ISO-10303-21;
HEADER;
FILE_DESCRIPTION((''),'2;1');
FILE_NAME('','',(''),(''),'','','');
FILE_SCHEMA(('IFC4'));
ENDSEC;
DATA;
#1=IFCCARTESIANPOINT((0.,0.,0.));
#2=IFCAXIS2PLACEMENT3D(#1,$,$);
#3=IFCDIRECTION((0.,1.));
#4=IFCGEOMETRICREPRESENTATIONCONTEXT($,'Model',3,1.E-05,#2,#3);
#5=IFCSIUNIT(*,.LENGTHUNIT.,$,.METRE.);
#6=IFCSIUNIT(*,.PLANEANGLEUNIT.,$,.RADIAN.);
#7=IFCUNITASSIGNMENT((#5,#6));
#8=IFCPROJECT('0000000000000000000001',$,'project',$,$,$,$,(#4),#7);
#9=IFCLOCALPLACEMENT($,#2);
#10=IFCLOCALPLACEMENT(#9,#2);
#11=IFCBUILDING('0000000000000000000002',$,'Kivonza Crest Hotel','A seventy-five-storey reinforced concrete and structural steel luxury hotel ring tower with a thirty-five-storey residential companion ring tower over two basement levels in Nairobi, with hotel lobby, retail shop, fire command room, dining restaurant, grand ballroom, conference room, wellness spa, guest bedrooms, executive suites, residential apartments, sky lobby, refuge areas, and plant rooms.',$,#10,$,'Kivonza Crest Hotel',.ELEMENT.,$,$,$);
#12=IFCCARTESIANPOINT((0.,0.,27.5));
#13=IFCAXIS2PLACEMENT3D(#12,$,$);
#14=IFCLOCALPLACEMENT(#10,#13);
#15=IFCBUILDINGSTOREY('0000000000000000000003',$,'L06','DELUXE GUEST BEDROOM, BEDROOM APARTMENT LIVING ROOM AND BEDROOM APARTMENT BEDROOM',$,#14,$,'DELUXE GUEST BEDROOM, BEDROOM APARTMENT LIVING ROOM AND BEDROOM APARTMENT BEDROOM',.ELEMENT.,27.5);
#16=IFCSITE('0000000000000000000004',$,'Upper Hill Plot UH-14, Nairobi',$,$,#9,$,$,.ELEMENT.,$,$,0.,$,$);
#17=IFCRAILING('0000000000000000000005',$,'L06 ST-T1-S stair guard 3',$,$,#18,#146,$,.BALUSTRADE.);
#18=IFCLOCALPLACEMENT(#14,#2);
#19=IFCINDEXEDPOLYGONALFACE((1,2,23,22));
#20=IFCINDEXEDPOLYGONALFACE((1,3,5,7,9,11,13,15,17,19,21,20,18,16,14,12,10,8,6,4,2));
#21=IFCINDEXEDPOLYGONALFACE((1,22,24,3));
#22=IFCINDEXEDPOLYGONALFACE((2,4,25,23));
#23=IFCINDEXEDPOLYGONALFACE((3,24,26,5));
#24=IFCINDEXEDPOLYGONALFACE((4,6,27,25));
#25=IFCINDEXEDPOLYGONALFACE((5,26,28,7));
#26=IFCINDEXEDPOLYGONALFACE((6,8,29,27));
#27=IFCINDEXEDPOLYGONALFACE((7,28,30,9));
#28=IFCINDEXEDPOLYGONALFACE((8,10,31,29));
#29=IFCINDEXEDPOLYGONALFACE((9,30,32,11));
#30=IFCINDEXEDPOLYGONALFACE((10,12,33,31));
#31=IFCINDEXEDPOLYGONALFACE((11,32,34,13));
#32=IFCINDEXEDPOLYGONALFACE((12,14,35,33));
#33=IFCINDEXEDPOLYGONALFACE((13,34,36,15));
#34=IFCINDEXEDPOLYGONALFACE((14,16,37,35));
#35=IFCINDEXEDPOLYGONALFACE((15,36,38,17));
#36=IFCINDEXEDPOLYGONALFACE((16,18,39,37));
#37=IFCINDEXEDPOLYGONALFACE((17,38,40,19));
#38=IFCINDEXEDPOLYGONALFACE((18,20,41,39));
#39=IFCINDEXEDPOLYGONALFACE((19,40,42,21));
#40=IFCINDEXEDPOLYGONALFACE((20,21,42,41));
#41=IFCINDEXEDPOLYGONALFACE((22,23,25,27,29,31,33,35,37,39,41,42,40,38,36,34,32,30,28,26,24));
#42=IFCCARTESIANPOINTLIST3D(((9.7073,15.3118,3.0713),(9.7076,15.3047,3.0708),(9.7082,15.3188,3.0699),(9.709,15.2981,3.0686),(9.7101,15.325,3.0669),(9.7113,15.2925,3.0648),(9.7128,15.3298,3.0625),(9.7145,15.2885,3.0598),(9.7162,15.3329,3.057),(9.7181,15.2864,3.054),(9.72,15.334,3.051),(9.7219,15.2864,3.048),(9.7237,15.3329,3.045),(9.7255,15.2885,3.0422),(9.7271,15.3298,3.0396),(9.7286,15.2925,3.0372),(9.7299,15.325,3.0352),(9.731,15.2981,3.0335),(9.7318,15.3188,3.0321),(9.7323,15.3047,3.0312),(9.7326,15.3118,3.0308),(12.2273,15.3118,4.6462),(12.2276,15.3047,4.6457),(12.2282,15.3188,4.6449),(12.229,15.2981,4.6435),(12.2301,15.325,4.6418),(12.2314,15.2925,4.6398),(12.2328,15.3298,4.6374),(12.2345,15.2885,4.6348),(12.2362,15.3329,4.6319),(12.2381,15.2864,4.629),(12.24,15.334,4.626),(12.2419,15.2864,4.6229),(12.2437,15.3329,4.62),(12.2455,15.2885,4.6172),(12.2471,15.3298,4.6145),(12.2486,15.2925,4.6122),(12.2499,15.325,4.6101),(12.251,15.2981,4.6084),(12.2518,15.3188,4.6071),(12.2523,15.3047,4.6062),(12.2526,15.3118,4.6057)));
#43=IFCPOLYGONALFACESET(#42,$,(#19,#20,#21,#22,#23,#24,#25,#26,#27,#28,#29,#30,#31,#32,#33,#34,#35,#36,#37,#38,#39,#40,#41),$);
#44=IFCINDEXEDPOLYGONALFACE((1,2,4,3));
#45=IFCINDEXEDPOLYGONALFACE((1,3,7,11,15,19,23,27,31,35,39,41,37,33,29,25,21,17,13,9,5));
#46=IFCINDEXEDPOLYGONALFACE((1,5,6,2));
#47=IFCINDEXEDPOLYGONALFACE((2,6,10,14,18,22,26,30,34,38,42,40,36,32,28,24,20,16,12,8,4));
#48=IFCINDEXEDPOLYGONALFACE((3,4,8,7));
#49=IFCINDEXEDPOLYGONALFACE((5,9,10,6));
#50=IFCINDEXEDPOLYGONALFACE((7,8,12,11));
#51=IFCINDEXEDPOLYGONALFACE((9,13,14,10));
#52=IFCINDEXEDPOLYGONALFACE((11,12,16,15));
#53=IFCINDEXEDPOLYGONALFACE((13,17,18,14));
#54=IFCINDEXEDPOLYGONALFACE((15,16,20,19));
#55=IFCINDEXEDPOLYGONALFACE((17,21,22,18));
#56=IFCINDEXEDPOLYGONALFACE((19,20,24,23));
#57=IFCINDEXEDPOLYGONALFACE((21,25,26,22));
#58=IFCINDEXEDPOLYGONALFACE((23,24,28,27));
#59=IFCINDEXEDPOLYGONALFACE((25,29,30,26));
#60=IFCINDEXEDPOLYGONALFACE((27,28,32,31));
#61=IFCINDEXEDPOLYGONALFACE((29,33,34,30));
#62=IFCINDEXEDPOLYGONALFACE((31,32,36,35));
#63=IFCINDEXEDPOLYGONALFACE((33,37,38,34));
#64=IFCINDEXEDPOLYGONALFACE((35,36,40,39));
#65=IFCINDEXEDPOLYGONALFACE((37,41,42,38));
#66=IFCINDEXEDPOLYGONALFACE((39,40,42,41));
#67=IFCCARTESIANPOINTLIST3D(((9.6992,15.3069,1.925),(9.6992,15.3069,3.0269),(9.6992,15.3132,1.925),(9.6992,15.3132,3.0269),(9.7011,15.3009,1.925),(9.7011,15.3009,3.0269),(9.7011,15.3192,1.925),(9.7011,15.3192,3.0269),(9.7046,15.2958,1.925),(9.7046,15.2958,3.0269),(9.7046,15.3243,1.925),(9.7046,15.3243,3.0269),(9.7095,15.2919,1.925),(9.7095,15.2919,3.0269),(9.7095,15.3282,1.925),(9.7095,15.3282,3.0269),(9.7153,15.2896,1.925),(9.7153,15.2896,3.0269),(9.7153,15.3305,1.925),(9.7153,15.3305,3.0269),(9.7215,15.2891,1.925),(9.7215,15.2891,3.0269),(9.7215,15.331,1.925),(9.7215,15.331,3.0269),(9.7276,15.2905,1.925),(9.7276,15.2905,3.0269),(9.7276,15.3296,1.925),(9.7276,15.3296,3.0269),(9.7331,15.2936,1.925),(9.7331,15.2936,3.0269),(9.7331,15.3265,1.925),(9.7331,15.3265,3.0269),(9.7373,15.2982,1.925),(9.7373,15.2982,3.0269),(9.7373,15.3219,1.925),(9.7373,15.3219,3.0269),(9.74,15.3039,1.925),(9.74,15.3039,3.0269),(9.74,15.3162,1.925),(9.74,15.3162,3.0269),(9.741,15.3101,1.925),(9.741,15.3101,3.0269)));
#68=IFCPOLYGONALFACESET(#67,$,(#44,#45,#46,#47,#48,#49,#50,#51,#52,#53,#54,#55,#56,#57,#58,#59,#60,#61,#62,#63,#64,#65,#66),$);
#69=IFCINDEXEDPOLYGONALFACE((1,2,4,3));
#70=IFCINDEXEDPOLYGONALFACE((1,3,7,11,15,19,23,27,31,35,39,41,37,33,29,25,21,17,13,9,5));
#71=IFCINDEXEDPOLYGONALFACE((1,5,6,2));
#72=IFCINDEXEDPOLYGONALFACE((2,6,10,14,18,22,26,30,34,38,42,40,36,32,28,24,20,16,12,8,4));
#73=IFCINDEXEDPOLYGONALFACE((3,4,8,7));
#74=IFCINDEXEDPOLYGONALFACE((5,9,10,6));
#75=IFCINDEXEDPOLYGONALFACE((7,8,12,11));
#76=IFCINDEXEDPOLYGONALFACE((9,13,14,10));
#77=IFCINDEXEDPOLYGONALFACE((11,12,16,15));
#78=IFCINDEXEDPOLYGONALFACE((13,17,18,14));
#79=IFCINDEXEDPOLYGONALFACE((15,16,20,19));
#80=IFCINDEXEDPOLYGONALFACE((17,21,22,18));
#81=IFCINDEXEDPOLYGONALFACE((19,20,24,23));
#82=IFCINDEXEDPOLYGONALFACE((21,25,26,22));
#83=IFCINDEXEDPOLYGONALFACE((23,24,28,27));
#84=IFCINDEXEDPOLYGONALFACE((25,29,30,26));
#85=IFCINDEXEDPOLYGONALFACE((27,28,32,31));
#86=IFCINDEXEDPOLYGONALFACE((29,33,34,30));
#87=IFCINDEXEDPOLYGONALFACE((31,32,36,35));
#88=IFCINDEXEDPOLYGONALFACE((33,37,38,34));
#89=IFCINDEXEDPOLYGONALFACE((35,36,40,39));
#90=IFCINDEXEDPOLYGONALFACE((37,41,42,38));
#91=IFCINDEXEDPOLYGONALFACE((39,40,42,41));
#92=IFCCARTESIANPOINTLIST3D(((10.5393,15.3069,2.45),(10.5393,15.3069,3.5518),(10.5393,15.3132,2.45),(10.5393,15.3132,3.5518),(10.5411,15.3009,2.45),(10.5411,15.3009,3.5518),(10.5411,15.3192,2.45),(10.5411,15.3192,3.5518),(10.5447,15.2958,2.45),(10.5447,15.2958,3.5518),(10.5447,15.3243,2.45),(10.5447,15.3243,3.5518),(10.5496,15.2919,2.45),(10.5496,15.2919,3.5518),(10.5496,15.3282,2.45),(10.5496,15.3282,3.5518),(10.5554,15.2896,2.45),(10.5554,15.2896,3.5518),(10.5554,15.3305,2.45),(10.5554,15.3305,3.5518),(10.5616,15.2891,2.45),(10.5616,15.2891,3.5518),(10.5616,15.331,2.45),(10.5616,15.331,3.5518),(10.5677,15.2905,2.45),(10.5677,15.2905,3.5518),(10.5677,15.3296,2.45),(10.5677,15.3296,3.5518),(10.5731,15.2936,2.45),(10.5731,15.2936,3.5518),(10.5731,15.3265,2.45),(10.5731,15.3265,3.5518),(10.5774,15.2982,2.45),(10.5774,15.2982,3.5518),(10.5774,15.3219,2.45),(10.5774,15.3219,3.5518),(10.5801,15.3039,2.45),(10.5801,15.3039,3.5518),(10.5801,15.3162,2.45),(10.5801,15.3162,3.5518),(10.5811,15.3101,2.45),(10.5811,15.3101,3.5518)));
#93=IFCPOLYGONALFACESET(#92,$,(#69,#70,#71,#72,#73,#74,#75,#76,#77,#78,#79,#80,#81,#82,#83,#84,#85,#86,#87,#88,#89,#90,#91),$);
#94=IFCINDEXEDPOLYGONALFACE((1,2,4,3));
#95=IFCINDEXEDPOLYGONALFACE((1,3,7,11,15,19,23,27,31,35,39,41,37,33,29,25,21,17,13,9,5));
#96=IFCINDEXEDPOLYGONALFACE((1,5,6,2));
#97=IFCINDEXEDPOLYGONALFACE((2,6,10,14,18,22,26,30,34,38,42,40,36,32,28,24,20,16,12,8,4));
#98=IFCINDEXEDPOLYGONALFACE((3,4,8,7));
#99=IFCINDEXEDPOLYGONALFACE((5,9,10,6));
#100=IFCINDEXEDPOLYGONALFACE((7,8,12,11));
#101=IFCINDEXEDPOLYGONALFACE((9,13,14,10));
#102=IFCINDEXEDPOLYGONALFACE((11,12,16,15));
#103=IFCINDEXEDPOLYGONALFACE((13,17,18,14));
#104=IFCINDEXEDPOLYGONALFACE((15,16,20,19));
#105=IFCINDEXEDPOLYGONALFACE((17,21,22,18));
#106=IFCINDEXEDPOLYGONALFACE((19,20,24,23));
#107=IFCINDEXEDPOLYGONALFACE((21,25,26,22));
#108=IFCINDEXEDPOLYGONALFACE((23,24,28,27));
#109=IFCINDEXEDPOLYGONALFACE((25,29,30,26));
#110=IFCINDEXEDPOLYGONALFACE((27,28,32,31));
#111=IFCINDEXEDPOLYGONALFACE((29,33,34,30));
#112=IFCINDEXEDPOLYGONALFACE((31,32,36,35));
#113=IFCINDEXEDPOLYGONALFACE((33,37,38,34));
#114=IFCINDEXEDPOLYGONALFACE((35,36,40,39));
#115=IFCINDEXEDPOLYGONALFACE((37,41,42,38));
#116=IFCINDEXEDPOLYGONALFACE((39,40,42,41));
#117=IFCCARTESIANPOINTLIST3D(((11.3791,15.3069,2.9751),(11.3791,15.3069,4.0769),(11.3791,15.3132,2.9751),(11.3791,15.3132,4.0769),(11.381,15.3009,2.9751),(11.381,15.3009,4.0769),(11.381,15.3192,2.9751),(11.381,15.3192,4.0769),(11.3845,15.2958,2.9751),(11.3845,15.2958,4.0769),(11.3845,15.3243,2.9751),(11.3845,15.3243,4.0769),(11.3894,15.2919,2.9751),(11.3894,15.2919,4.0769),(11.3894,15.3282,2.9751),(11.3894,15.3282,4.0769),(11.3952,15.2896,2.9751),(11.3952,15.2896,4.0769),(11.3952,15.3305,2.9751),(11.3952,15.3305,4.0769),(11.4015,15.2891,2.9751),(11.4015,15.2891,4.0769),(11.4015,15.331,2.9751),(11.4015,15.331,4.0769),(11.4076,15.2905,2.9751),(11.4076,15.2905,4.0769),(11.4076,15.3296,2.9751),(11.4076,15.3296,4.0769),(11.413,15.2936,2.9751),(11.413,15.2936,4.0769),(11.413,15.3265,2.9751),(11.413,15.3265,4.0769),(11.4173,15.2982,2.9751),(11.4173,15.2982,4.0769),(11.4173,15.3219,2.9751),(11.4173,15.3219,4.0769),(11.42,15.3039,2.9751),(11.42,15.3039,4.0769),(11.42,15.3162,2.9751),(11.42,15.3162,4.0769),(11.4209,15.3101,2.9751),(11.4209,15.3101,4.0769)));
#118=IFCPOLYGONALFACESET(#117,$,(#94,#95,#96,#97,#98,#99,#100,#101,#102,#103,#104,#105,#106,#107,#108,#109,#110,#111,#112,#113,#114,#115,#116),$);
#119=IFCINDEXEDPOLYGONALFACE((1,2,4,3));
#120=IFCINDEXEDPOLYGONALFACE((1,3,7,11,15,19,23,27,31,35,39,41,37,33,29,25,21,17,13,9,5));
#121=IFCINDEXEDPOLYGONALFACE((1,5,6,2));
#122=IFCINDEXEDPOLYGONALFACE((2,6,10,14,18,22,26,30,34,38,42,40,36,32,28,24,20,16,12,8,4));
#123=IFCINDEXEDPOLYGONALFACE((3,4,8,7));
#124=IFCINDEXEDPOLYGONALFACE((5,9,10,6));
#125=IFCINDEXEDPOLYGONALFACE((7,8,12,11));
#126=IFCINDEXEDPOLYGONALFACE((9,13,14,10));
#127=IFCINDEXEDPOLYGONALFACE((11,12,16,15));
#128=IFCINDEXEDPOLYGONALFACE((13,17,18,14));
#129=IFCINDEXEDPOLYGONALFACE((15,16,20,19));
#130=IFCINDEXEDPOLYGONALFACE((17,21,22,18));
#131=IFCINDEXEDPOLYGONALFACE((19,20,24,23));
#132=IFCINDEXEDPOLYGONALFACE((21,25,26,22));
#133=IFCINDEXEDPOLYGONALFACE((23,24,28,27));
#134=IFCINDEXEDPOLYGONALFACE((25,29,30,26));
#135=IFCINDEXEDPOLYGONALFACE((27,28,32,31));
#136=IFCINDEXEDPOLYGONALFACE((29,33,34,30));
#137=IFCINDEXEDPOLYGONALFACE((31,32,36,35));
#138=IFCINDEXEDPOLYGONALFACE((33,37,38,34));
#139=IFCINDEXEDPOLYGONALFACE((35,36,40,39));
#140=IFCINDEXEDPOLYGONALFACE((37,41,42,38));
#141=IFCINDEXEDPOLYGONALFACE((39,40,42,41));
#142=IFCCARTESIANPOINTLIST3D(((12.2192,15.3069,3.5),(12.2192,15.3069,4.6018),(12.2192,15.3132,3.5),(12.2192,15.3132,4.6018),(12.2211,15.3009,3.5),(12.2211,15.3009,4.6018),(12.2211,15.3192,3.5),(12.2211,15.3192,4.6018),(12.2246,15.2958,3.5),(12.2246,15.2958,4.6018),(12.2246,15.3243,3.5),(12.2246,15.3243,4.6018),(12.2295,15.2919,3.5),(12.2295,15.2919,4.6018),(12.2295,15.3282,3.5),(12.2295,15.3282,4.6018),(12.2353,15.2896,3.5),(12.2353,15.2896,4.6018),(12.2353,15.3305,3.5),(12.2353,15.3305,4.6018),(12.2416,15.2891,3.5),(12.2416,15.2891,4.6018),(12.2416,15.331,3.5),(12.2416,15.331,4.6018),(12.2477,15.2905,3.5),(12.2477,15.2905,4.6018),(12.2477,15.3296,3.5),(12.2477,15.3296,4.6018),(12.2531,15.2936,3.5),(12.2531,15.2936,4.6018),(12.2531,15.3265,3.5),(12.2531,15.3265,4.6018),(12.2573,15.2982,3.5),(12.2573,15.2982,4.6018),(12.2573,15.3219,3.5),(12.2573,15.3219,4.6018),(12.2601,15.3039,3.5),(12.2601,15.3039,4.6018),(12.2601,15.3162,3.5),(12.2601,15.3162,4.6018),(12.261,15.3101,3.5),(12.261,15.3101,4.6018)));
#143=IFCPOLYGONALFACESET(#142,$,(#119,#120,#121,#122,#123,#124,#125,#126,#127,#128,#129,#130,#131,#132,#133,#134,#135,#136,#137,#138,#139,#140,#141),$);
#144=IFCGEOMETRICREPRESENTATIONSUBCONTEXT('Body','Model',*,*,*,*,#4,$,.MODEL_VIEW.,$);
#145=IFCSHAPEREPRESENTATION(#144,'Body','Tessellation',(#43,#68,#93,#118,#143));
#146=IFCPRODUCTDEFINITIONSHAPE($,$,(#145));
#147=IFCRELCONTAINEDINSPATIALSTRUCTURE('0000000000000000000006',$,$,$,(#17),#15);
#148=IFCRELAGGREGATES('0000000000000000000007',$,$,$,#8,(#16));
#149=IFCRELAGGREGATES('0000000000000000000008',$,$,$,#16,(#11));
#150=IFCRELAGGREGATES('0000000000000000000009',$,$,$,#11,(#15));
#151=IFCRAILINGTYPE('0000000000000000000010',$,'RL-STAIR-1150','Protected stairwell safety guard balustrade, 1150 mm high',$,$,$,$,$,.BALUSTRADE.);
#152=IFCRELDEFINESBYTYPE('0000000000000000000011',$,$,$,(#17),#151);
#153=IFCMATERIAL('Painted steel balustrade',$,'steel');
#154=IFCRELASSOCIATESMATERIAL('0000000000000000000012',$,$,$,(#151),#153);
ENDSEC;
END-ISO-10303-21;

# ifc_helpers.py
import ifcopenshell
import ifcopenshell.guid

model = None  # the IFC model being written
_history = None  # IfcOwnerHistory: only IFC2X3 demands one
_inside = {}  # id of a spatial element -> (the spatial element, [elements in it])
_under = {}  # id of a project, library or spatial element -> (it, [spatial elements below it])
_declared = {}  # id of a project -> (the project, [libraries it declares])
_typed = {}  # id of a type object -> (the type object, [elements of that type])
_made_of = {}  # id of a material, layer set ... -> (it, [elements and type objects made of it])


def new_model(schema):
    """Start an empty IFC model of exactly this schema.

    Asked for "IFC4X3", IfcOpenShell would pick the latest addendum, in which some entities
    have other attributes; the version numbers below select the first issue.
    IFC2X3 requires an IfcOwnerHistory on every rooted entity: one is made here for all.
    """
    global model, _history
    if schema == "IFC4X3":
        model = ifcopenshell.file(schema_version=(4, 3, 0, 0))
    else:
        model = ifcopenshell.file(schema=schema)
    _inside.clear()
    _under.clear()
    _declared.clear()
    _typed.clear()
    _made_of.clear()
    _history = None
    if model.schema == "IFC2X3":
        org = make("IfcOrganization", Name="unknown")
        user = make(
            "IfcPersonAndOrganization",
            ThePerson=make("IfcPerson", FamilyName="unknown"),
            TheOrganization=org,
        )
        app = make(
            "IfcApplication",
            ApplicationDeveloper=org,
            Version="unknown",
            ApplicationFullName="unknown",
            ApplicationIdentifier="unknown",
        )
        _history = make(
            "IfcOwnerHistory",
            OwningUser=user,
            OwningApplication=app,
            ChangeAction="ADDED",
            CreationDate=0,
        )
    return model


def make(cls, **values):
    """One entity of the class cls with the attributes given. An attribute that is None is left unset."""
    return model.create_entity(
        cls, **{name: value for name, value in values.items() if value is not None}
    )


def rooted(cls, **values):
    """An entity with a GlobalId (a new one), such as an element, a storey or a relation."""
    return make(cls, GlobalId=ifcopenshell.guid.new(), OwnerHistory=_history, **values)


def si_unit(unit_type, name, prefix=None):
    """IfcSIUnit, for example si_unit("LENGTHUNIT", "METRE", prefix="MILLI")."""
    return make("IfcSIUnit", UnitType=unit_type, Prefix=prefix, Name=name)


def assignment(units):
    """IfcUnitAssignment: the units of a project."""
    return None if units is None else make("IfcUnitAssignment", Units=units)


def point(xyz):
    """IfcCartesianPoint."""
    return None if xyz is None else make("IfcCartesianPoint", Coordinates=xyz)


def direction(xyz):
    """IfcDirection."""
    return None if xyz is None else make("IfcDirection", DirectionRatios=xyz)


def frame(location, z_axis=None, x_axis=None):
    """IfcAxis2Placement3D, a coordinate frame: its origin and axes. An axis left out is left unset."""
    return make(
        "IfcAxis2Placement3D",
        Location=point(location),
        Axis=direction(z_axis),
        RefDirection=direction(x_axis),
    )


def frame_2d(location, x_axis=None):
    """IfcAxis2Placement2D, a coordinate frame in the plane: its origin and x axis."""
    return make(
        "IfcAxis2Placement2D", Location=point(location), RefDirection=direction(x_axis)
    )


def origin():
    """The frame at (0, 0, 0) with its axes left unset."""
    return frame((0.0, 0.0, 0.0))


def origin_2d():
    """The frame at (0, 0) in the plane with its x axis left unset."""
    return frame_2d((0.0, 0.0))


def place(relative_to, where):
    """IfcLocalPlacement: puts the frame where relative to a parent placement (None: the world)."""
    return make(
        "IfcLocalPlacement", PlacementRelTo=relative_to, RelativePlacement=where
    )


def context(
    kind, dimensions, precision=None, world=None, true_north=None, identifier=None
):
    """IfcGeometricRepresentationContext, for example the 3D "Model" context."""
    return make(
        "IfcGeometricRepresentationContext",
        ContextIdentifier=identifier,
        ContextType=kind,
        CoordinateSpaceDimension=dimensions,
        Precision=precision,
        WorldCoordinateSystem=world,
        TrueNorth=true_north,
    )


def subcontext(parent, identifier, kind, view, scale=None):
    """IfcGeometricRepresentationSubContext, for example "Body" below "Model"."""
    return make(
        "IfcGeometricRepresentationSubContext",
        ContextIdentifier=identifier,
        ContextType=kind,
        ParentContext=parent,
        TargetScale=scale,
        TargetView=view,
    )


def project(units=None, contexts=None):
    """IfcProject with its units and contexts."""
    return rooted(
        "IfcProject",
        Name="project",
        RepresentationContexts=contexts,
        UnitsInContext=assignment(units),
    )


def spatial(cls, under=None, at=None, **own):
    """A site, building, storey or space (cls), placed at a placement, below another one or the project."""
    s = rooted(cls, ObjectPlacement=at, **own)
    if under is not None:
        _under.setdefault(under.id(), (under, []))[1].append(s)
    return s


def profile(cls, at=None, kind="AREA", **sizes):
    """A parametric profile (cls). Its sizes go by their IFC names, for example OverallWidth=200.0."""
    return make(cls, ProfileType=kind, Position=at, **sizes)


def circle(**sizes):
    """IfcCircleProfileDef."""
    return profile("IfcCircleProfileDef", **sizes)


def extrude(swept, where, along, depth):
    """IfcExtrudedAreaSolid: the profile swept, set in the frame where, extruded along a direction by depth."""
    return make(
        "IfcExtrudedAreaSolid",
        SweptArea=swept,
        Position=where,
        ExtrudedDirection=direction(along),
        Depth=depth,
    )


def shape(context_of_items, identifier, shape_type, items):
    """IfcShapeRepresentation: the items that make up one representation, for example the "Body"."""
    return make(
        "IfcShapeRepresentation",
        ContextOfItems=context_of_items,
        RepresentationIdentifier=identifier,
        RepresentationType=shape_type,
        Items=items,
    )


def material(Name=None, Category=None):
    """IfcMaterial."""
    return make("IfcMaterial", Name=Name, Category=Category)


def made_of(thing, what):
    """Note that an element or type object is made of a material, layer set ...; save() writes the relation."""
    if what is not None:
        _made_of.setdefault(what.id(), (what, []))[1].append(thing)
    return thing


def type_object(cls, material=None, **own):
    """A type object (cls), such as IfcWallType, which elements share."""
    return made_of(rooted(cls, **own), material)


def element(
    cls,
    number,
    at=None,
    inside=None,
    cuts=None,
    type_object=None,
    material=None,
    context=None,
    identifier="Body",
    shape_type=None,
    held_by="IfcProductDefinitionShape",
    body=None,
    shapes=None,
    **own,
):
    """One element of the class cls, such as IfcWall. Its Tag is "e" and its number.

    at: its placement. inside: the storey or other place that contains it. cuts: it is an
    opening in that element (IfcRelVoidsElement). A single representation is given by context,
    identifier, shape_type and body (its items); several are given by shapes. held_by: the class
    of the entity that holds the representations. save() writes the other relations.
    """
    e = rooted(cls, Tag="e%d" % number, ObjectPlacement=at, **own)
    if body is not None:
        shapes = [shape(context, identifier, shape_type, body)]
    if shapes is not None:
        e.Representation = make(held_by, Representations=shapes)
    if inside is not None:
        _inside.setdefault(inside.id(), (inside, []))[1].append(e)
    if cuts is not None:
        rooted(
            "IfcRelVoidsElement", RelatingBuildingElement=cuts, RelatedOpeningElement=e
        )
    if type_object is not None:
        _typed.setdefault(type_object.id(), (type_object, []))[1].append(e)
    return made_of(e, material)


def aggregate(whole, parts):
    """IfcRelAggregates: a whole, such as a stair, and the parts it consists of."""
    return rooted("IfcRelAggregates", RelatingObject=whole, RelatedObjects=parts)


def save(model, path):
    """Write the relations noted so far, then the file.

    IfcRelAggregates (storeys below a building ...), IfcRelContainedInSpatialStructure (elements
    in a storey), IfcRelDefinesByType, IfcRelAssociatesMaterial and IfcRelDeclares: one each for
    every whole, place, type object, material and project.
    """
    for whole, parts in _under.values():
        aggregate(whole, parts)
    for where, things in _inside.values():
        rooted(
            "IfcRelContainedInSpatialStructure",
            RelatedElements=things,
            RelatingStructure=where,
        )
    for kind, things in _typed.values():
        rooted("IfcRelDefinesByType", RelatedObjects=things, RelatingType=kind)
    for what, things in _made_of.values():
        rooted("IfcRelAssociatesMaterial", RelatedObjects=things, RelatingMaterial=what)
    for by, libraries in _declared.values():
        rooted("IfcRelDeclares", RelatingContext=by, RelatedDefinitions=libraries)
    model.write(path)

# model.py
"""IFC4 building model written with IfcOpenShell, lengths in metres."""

from ifc_helpers import new_model, si_unit, direction, frame, origin, origin_2d, place, context, subcontext, project, spatial, circle, extrude, material, type_object, element, save


model = new_model("IFC4")

# Units and contexts
model_context = context("Model", 3, precision=1e-05, world=origin(), true_north=direction((0.0, 1.0)))
body_context = subcontext(model_context, "Body", "Model", "MODEL_VIEW")
ifc_project = project(units=[si_unit("LENGTHUNIT", "METRE"), si_unit("PLANEANGLEUNIT", "RADIAN")], contexts=[model_context])

# Site, building, storey
site_placement = place(None, origin())
site = spatial("IfcSite", under=ifc_project, at=site_placement, Name="Upper Hill Plot UH-14, Nairobi", CompositionType="ELEMENT", RefElevation=0.0)
building_placement = place(site_placement, origin())
building = spatial("IfcBuilding", under=site, at=building_placement, Name="Kivonza Crest Hotel", Description="A seventy-five-storey reinforced concrete and structural steel luxury hotel ring tower with a thirty-five-storey residential companion ring tower over two basement levels in Nairobi, with hotel lobby, retail shop, fire command room, dining restaurant, grand ballroom, conference room, wellness spa, guest bedrooms, executive suites, residential apartments, sky lobby, refuge areas, and plant rooms.", LongName="Kivonza Crest Hotel", CompositionType="ELEMENT")
storey_placement = place(building_placement, frame((0.0, 0.0, 27.5)))
storey = spatial("IfcBuildingStorey", under=building, at=storey_placement, Name="L06", Description="DELUXE GUEST BEDROOM, BEDROOM APARTMENT LIVING ROOM AND BEDROOM APARTMENT BEDROOM", LongName="DELUXE GUEST BEDROOM, BEDROOM APARTMENT LIVING ROOM AND BEDROOM APARTMENT BEDROOM", CompositionType="ELEMENT", Elevation=27.5)

# Railing
ifc_material_1 = material(Name="Painted steel balustrade", Category="steel")
railing_type_1 = type_object("IfcRailingType", Name="RL-STAIR-1150", Description="Protected stairwell safety guard balustrade, 1150 mm high", PredefinedType="BALUSTRADE", material=ifc_material_1)
railing_1_placement = place(storey_placement, frame((9.72, 15.3101, 1.925)))
element("IfcRailing", 1, at=railing_1_placement, inside=storey, type_object=railing_type_1, Name="L06 ST-T1-S stair guard 3", PredefinedType="BALUSTRADE", context=body_context, shape_type="SweptSolid", body=[
    extrude(circle(Radius=0.0239, at=origin_2d()), frame((0.0, 0.0, 1.126), z_axis=(0.848008, 0.0, 0.529984), x_axis=(0.0, 1.0, 0.0)), (0.0, 0.0, 1.0), 2.9717),
    extrude(circle(Radius=0.021, at=origin_2d()), origin(), (0.0, 0.0, 1.0), 1.1018),
    extrude(circle(Radius=0.021, at=origin_2d()), frame((0.8401, 0.0, 0.5249)), (0.0, 0.0, 1.0), 1.1018),
    extrude(circle(Radius=0.021, at=origin_2d()), frame((1.6799, 0.0, 1.05)), (0.0, 0.0, 1.0), 1.1018),
    extrude(circle(Radius=0.021, at=origin_2d()), frame((2.52, 0.0, 1.575)), (0.0, 0.0, 1.0), 1.1018),
])

save(model, "model.ifc")
